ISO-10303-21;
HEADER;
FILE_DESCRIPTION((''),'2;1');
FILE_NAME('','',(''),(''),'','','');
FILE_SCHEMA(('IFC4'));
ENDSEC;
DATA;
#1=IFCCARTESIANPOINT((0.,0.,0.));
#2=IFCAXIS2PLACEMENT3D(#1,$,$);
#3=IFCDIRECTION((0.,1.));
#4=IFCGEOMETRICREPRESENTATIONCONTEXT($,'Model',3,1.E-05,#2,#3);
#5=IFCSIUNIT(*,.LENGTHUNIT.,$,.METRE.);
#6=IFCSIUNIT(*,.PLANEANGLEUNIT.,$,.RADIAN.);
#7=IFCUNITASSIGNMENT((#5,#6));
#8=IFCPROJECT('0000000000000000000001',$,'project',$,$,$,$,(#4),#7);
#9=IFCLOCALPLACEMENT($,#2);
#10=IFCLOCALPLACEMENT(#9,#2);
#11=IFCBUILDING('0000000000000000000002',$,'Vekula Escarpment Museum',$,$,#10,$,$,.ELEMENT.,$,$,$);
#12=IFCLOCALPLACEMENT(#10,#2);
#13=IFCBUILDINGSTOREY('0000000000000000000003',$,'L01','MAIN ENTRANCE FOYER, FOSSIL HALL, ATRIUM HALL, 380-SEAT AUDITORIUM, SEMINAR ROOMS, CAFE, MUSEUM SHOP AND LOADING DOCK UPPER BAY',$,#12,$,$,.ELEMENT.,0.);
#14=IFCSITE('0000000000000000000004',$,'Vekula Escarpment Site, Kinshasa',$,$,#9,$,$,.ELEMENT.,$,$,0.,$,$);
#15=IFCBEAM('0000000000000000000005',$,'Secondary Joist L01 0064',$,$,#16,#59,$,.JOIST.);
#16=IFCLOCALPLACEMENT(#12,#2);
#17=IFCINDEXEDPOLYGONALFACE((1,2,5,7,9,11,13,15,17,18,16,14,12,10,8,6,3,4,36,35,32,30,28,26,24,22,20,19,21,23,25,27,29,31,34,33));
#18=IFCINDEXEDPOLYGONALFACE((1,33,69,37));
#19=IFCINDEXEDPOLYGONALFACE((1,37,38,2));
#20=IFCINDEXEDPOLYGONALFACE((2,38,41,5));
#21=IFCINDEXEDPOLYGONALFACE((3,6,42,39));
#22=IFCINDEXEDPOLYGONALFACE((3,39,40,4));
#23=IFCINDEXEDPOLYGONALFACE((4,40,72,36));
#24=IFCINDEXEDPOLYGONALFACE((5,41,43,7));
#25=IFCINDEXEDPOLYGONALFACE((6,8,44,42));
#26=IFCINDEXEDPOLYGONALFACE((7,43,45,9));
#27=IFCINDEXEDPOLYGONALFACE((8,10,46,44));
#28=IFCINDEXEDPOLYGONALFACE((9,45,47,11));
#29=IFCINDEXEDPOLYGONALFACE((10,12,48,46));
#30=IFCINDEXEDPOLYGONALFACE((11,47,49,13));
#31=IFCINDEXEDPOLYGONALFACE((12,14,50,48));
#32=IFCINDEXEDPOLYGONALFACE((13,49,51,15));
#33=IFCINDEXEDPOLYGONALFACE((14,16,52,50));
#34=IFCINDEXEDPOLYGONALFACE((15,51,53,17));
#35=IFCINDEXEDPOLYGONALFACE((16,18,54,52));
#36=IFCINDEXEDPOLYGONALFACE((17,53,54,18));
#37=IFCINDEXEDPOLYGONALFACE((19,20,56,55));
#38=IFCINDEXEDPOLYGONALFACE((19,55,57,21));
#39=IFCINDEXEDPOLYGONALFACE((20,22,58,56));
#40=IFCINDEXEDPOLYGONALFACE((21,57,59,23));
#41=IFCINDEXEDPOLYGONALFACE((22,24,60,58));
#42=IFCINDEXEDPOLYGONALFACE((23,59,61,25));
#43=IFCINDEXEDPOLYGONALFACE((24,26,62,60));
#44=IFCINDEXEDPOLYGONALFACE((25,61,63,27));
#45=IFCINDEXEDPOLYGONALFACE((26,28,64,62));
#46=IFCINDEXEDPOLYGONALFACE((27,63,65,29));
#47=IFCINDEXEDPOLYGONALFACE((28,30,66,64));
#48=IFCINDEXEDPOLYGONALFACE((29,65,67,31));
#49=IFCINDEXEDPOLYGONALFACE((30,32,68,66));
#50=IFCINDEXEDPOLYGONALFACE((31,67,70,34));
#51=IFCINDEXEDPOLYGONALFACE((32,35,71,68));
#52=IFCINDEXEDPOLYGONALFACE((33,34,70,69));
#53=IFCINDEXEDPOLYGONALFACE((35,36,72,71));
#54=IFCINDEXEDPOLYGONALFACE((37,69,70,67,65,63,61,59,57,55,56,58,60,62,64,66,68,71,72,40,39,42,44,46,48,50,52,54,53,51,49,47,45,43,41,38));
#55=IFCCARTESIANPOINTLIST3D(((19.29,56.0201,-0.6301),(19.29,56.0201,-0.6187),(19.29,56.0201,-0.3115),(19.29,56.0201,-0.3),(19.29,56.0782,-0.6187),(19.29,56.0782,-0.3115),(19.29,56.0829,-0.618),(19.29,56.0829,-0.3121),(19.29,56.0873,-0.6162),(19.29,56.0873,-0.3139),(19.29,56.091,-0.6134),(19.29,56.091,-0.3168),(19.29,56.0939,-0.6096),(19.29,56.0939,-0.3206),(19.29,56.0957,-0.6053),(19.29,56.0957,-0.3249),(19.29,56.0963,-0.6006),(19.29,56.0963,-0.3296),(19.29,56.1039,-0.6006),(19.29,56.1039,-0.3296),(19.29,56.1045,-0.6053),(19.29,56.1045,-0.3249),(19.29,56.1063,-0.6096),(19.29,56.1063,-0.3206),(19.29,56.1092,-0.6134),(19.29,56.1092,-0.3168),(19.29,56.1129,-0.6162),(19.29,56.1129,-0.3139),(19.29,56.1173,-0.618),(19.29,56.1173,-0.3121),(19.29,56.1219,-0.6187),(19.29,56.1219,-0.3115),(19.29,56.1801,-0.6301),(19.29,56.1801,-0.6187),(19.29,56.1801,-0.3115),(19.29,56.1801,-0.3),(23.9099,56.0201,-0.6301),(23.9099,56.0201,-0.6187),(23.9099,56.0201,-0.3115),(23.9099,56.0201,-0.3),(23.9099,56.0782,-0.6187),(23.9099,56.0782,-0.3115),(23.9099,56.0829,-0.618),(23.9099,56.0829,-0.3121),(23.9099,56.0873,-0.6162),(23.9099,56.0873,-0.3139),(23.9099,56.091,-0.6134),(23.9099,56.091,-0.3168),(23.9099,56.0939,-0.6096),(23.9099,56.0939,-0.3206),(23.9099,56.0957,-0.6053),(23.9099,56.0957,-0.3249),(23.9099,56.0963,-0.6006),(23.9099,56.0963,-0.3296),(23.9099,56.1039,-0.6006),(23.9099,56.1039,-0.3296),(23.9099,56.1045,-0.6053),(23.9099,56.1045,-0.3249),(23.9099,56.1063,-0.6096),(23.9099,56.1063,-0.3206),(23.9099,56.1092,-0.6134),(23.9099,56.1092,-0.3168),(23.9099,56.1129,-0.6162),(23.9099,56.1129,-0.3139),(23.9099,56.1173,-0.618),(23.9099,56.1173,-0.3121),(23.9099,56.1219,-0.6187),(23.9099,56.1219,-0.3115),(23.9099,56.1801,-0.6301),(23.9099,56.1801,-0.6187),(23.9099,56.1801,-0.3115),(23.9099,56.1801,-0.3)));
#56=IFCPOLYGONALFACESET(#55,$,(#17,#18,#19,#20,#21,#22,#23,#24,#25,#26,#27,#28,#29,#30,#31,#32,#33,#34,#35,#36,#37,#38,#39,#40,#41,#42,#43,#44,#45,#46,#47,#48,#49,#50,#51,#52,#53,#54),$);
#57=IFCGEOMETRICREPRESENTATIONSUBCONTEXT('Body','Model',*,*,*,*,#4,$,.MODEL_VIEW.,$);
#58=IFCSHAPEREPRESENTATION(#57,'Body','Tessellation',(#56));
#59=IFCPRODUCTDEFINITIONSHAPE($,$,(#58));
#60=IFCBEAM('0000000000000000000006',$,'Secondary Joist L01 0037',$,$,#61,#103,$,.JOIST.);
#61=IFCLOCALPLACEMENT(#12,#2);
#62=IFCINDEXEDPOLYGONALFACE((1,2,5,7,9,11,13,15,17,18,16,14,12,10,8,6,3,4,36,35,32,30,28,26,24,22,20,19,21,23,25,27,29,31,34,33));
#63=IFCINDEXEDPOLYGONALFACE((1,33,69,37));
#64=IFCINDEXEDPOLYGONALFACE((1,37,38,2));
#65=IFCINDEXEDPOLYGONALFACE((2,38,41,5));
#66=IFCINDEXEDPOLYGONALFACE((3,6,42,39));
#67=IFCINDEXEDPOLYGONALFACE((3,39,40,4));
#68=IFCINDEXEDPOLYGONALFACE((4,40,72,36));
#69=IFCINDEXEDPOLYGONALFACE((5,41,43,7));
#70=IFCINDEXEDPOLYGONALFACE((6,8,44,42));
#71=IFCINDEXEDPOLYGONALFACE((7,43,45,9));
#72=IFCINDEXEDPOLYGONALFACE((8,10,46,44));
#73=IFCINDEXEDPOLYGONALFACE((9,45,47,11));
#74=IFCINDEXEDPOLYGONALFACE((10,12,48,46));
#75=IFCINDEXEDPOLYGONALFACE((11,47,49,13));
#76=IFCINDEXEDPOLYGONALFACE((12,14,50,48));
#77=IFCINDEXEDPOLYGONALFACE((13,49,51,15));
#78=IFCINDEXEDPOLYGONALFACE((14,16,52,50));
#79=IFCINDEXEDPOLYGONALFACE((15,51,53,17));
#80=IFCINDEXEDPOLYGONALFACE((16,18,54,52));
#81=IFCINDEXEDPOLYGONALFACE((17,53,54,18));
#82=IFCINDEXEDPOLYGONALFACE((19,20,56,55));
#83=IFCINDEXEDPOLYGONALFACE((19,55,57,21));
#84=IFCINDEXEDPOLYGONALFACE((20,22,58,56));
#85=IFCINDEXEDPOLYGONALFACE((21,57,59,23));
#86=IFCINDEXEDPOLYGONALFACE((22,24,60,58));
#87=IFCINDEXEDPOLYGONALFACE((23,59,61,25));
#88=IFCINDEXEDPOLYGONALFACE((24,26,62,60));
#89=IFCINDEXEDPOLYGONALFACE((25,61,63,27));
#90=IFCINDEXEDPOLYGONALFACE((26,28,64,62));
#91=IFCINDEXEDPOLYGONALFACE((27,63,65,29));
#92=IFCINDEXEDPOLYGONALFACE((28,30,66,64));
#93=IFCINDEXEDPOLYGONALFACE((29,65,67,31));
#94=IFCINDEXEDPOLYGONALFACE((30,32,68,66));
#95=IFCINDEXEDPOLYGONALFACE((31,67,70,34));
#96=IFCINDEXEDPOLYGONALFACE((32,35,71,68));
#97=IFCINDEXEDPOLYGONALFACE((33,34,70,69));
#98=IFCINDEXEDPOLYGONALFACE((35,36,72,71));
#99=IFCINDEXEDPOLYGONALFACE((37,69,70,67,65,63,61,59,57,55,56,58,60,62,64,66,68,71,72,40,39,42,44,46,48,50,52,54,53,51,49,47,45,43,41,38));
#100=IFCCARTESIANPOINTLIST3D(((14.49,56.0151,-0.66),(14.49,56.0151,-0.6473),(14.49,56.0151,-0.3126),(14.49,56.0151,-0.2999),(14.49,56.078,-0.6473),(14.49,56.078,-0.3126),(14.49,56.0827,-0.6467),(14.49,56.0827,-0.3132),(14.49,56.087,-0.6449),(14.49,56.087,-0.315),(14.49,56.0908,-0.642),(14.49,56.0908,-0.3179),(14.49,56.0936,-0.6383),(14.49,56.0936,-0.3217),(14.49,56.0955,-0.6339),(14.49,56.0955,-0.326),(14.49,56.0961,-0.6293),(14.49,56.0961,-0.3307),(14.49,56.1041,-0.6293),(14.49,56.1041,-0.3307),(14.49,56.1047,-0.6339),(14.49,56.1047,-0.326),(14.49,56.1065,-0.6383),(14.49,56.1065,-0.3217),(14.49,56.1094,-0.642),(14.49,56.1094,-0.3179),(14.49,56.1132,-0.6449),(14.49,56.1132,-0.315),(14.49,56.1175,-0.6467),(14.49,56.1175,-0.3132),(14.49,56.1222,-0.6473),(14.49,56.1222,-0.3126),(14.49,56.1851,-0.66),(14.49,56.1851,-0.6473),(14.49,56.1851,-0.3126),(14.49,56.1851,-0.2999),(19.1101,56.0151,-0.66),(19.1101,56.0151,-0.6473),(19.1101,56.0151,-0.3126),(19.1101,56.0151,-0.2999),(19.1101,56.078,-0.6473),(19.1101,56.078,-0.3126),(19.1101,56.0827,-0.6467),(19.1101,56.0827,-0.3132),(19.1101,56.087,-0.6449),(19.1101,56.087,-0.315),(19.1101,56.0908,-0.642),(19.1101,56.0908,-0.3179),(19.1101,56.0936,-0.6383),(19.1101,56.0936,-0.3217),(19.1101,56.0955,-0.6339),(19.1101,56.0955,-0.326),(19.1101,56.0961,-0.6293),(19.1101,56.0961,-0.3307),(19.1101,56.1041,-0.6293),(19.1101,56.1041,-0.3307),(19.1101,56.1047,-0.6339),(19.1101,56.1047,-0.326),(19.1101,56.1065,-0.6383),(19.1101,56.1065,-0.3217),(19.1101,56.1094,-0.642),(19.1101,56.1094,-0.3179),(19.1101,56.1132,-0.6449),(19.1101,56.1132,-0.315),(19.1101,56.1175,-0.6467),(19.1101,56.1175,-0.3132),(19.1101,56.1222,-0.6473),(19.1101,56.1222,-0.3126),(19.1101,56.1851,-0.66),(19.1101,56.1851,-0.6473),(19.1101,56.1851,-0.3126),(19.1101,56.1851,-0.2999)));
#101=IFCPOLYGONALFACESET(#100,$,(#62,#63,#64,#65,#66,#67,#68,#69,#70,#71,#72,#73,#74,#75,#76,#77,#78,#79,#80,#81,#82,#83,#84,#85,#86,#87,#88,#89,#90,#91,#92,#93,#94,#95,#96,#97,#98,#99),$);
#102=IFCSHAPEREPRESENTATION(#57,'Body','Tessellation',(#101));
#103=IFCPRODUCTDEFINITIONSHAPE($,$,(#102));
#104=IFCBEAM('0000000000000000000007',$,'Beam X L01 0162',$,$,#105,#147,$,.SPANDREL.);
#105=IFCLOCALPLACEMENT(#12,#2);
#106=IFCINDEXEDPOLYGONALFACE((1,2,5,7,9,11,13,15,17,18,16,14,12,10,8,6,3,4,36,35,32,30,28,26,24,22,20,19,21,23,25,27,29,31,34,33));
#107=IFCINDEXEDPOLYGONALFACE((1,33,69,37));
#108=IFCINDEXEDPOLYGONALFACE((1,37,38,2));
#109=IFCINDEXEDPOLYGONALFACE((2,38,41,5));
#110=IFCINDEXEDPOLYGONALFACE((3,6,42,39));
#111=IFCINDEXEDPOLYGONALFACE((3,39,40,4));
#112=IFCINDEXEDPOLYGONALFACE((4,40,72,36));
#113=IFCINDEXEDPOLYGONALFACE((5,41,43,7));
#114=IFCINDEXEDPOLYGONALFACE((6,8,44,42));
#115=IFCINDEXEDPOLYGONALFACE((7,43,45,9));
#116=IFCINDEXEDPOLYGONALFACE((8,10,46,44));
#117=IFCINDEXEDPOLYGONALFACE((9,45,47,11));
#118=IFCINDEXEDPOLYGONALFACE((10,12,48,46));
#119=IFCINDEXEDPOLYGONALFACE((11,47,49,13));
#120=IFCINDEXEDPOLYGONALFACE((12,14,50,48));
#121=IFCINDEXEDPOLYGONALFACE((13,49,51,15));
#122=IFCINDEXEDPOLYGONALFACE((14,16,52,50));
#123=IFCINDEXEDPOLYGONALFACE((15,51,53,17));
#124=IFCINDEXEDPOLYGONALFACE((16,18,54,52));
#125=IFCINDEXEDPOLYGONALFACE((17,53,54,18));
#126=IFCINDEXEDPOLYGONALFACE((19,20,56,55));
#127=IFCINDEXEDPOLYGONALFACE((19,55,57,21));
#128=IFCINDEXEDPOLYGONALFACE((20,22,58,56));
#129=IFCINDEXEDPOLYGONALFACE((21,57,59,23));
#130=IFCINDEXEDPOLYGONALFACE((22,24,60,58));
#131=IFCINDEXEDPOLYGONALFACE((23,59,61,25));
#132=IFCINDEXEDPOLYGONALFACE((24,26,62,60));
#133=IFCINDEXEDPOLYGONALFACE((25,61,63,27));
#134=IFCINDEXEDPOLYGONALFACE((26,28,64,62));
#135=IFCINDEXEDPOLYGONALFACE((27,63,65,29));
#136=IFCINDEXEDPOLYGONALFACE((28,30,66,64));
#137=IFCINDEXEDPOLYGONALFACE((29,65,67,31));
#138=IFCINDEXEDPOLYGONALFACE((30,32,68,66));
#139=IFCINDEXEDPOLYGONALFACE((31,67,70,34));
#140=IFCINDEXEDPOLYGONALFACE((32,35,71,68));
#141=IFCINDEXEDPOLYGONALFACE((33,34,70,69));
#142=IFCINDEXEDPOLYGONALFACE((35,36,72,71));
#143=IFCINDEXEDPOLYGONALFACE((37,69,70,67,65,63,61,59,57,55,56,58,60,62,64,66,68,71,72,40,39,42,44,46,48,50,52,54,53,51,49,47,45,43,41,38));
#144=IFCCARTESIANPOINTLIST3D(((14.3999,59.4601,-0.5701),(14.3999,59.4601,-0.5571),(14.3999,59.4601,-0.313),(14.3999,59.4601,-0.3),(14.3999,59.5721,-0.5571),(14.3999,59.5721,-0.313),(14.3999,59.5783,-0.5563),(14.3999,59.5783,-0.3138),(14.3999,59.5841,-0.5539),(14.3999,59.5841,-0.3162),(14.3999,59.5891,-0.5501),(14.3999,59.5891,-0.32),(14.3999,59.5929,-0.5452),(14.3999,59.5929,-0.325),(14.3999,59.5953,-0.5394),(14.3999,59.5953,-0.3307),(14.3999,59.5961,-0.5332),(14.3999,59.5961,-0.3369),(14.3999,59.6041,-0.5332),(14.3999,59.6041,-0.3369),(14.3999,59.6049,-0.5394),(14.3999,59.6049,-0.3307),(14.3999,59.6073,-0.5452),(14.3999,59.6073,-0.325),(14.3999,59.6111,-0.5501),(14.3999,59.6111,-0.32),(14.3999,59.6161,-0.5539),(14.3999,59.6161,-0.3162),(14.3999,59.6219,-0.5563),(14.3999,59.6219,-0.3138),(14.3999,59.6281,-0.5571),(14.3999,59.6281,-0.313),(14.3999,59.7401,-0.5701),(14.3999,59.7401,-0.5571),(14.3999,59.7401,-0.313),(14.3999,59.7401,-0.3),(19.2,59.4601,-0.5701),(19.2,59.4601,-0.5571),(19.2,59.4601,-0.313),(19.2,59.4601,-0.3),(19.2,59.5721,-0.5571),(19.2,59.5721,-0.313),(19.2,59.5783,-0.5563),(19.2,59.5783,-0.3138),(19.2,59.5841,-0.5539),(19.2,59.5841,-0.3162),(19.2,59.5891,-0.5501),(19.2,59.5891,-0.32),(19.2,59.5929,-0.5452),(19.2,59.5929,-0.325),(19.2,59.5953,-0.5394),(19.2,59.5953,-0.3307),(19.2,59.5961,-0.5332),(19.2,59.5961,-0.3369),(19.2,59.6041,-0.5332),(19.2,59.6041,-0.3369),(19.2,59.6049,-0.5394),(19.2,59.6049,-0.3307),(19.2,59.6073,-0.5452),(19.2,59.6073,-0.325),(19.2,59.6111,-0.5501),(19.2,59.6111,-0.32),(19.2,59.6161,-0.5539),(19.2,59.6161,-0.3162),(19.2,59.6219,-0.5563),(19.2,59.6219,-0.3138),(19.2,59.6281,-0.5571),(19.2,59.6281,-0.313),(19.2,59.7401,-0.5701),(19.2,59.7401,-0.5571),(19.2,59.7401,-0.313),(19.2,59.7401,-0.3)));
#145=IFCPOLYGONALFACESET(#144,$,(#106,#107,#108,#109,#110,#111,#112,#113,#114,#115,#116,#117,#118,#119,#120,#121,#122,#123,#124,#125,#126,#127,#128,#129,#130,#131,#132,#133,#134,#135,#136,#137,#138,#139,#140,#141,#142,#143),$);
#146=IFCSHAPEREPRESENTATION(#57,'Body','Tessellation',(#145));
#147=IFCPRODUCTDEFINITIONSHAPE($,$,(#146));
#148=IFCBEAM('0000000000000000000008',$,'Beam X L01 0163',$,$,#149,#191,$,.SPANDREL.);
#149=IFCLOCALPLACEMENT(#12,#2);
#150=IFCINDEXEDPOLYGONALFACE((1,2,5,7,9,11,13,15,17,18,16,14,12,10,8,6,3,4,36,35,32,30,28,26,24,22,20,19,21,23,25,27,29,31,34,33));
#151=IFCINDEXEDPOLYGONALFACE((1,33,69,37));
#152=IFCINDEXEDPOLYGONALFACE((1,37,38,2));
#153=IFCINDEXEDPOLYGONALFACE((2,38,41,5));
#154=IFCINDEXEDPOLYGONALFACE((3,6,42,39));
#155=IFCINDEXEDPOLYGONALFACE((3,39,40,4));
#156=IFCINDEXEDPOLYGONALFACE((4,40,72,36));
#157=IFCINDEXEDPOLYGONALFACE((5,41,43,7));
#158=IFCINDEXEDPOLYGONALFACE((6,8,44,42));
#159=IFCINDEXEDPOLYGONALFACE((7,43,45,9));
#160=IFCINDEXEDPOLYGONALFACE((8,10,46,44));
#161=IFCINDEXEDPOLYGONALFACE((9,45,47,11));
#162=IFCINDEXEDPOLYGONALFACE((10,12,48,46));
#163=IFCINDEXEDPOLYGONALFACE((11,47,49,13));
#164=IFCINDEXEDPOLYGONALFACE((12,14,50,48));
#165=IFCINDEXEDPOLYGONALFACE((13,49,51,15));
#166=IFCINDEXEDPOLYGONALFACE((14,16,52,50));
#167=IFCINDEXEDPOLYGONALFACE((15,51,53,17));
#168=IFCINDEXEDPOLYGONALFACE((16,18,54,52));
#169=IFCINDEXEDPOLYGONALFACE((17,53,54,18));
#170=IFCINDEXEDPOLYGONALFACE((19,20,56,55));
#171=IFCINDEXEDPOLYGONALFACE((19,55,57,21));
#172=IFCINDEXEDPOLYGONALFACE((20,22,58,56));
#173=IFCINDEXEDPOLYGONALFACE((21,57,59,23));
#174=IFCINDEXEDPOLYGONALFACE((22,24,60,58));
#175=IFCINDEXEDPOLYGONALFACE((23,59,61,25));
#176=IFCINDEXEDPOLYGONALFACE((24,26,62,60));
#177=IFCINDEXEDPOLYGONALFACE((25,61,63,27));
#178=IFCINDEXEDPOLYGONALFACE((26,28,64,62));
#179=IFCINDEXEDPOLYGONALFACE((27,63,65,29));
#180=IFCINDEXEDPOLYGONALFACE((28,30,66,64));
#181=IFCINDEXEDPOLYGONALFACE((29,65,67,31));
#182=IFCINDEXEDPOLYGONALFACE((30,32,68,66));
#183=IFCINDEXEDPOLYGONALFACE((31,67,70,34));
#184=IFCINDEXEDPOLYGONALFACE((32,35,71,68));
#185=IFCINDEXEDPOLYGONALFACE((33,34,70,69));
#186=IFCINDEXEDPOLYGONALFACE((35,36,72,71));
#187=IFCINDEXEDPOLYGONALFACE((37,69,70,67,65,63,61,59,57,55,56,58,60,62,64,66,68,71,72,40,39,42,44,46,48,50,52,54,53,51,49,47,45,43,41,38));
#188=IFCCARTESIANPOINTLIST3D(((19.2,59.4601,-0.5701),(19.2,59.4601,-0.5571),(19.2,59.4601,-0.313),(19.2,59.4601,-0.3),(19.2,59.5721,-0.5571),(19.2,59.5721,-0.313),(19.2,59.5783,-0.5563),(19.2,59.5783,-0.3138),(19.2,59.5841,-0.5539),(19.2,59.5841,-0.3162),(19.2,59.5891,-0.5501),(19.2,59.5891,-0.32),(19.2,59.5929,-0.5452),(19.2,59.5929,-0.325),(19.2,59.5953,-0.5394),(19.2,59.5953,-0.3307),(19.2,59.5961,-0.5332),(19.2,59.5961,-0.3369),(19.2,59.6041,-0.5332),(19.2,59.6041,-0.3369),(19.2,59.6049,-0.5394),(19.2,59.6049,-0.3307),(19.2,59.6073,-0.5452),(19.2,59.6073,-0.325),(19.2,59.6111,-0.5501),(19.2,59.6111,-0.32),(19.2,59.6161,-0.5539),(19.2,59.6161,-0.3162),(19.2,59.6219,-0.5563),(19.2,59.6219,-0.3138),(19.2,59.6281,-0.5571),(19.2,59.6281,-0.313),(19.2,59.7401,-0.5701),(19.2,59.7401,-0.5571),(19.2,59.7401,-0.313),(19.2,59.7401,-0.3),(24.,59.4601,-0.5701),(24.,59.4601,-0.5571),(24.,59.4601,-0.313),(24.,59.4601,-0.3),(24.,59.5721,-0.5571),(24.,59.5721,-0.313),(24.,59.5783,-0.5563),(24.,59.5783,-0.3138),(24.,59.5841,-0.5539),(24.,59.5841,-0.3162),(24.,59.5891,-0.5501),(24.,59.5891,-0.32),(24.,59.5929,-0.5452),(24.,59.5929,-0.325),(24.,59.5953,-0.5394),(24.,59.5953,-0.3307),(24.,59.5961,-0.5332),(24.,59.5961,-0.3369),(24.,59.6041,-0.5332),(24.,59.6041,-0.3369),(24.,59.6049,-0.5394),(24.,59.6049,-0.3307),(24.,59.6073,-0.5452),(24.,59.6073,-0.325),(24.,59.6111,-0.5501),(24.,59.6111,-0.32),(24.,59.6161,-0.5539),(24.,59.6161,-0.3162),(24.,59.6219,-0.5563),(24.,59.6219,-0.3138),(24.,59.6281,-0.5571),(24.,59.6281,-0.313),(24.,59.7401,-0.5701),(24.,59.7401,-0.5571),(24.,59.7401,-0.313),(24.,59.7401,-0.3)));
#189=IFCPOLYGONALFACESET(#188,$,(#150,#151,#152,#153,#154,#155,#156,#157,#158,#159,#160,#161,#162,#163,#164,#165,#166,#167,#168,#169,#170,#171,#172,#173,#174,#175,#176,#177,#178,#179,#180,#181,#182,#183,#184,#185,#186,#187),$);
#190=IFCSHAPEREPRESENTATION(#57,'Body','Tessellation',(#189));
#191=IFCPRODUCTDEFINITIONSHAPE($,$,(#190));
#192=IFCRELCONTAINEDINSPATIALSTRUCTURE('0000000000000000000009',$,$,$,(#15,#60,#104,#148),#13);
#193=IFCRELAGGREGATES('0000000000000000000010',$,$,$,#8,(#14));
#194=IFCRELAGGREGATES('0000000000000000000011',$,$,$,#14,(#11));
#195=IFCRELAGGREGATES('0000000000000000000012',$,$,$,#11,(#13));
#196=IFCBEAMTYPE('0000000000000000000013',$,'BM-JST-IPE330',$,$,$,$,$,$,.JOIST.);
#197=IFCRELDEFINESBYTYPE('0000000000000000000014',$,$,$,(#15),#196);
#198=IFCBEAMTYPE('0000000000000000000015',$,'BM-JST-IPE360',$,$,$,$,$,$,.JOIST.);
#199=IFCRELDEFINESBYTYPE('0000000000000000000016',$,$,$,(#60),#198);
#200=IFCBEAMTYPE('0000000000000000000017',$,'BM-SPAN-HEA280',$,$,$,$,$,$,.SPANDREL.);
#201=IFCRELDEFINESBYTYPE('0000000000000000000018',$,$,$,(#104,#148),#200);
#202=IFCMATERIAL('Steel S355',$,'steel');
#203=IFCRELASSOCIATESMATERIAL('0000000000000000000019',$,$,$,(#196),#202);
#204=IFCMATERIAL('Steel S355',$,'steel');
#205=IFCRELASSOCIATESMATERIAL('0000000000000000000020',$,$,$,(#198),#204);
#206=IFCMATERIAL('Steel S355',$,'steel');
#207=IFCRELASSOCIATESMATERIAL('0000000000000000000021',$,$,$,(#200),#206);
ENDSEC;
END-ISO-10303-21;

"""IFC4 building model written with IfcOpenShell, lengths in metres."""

from ifc_helpers import new_model, si_unit, direction, frame, origin, origin_2d, place, context, subcontext, project, spatial, i_section, extrude, material, material_profile, profile_set, type_object, element, save


model = new_model("IFC4")

# Units and contexts
model_context = context("Model", 3, precision=1e-05, world=origin(), true_north=direction((0.0, 1.0)))
body_context = subcontext(model_context, "Body", "Model", "MODEL_VIEW")
ifc_project = project(units=[si_unit("LENGTHUNIT", "METRE"), si_unit("PLANEANGLEUNIT", "RADIAN")], contexts=[model_context])

# Site, building, storey
site_placement = place(None, origin())
site = spatial("IfcSite", under=ifc_project, at=site_placement, Name="Vekula Escarpment Site, Kinshasa", CompositionType="ELEMENT", RefElevation=0.0)
building_placement = place(site_placement, origin())
building = spatial("IfcBuilding", under=site, at=building_placement, Name="Vekula Escarpment Museum", CompositionType="ELEMENT")
storey_placement = place(building_placement, origin())
storey = spatial("IfcBuildingStorey", under=building, at=storey_placement, Name="L01", Description="MAIN ENTRANCE FOYER, FOSSIL HALL, ATRIUM HALL, 380-SEAT AUDITORIUM, SEMINAR ROOMS, CAFE, MUSEUM SHOP AND LOADING DOCK UPPER BAY", CompositionType="ELEMENT", Elevation=0.0)

# Beams
ifc_material_1 = material(Name="Steel S355", Category="steel")
ifc_material_profile_1 = material_profile(ifc_material_1, i_section(OverallWidth=0.1599, OverallDepth=0.3301, WebThickness=0.0076, FlangeThickness=0.0115, FilletRadius=0.0181, at=origin_2d()), Name="IPE 330")
ifc_profile_set_1 = profile_set([ifc_material_profile_1], Name="Steel S355")
beam_type_1 = type_object("IfcBeamType", Name="BM-JST-IPE330", PredefinedType="JOIST", material=ifc_profile_set_1)
beam_1_placement = place(storey_placement, frame((19.29, 56.1001, -0.4651), z_axis=(1.0, 0.0, 0.0), x_axis=(0.0, 1.0, 0.0)))
element("IfcBeam", 1, at=beam_1_placement, inside=storey, type_object=beam_type_1, Name="Secondary Joist L01 0064", PredefinedType="JOIST", context=body_context, shape_type="SweptSolid", body=[
    extrude(i_section(OverallWidth=0.1599, OverallDepth=0.3301, WebThickness=0.0076, FlangeThickness=0.0115, FilletRadius=0.0181, at=origin_2d()), origin(), (0.0, 0.0, 1.0), 4.6199),
])
ifc_material_2 = material(Name="Steel S355", Category="steel")
ifc_material_profile_2 = material_profile(ifc_material_2, i_section(OverallWidth=0.1699, OverallDepth=0.3601, WebThickness=0.0081, FlangeThickness=0.0127, FilletRadius=0.0181, at=origin_2d()), Name="IPE 360")
ifc_profile_set_2 = profile_set([ifc_material_profile_2], Name="Steel S355")
beam_type_2 = type_object("IfcBeamType", Name="BM-JST-IPE360", PredefinedType="JOIST", material=ifc_profile_set_2)
beam_2_placement = place(storey_placement, frame((14.49, 56.1001, -0.48), z_axis=(1.0, 0.0, 0.0), x_axis=(0.0, 1.0, 0.0)))
element("IfcBeam", 2, at=beam_2_placement, inside=storey, type_object=beam_type_2, Name="Secondary Joist L01 0037", PredefinedType="JOIST", context=body_context, shape_type="SweptSolid", body=[
    extrude(i_section(OverallWidth=0.1699, OverallDepth=0.3601, WebThickness=0.0081, FlangeThickness=0.0127, FilletRadius=0.0181, at=origin_2d()), origin(), (0.0, 0.0, 1.0), 4.6201),
])
ifc_material_3 = material(Name="Steel S355", Category="steel")
ifc_material_profile_3 = material_profile(ifc_material_3, i_section(OverallWidth=0.28, OverallDepth=0.27, WebThickness=0.0081, FlangeThickness=0.0129, FilletRadius=0.0239, at=origin_2d()), Name="HEA 280")
ifc_profile_set_3 = profile_set([ifc_material_profile_3], Name="Steel S355")
beam_type_3 = type_object("IfcBeamType", Name="BM-SPAN-HEA280", PredefinedType="SPANDREL", material=ifc_profile_set_3)
for number, where, z_axis, x_axis, name in (
    (3, (14.3999, 59.6001, -0.4351), (1.0, 0.0, 0.0), (0.0, 1.0, 0.0), "Beam X L01 0162"),
    (4, (19.2, 59.6001, -0.4351), (1.0, 0.0, 0.0), (0.0, 1.0, 0.0), "Beam X L01 0163"),
):
    element("IfcBeam", number, at=place(storey_placement, frame(where, z_axis=z_axis, x_axis=x_axis)), inside=storey, type_object=beam_type_3, Name=name, PredefinedType="SPANDREL", context=body_context, shape_type="SweptSolid", body=[
        extrude(i_section(OverallWidth=0.28, OverallDepth=0.27, WebThickness=0.0081, FlangeThickness=0.0129, FilletRadius=0.0239, at=origin_2d()), origin(), (0.0, 0.0, 1.0), 4.8),
    ])

save(model, "model.ifc")
